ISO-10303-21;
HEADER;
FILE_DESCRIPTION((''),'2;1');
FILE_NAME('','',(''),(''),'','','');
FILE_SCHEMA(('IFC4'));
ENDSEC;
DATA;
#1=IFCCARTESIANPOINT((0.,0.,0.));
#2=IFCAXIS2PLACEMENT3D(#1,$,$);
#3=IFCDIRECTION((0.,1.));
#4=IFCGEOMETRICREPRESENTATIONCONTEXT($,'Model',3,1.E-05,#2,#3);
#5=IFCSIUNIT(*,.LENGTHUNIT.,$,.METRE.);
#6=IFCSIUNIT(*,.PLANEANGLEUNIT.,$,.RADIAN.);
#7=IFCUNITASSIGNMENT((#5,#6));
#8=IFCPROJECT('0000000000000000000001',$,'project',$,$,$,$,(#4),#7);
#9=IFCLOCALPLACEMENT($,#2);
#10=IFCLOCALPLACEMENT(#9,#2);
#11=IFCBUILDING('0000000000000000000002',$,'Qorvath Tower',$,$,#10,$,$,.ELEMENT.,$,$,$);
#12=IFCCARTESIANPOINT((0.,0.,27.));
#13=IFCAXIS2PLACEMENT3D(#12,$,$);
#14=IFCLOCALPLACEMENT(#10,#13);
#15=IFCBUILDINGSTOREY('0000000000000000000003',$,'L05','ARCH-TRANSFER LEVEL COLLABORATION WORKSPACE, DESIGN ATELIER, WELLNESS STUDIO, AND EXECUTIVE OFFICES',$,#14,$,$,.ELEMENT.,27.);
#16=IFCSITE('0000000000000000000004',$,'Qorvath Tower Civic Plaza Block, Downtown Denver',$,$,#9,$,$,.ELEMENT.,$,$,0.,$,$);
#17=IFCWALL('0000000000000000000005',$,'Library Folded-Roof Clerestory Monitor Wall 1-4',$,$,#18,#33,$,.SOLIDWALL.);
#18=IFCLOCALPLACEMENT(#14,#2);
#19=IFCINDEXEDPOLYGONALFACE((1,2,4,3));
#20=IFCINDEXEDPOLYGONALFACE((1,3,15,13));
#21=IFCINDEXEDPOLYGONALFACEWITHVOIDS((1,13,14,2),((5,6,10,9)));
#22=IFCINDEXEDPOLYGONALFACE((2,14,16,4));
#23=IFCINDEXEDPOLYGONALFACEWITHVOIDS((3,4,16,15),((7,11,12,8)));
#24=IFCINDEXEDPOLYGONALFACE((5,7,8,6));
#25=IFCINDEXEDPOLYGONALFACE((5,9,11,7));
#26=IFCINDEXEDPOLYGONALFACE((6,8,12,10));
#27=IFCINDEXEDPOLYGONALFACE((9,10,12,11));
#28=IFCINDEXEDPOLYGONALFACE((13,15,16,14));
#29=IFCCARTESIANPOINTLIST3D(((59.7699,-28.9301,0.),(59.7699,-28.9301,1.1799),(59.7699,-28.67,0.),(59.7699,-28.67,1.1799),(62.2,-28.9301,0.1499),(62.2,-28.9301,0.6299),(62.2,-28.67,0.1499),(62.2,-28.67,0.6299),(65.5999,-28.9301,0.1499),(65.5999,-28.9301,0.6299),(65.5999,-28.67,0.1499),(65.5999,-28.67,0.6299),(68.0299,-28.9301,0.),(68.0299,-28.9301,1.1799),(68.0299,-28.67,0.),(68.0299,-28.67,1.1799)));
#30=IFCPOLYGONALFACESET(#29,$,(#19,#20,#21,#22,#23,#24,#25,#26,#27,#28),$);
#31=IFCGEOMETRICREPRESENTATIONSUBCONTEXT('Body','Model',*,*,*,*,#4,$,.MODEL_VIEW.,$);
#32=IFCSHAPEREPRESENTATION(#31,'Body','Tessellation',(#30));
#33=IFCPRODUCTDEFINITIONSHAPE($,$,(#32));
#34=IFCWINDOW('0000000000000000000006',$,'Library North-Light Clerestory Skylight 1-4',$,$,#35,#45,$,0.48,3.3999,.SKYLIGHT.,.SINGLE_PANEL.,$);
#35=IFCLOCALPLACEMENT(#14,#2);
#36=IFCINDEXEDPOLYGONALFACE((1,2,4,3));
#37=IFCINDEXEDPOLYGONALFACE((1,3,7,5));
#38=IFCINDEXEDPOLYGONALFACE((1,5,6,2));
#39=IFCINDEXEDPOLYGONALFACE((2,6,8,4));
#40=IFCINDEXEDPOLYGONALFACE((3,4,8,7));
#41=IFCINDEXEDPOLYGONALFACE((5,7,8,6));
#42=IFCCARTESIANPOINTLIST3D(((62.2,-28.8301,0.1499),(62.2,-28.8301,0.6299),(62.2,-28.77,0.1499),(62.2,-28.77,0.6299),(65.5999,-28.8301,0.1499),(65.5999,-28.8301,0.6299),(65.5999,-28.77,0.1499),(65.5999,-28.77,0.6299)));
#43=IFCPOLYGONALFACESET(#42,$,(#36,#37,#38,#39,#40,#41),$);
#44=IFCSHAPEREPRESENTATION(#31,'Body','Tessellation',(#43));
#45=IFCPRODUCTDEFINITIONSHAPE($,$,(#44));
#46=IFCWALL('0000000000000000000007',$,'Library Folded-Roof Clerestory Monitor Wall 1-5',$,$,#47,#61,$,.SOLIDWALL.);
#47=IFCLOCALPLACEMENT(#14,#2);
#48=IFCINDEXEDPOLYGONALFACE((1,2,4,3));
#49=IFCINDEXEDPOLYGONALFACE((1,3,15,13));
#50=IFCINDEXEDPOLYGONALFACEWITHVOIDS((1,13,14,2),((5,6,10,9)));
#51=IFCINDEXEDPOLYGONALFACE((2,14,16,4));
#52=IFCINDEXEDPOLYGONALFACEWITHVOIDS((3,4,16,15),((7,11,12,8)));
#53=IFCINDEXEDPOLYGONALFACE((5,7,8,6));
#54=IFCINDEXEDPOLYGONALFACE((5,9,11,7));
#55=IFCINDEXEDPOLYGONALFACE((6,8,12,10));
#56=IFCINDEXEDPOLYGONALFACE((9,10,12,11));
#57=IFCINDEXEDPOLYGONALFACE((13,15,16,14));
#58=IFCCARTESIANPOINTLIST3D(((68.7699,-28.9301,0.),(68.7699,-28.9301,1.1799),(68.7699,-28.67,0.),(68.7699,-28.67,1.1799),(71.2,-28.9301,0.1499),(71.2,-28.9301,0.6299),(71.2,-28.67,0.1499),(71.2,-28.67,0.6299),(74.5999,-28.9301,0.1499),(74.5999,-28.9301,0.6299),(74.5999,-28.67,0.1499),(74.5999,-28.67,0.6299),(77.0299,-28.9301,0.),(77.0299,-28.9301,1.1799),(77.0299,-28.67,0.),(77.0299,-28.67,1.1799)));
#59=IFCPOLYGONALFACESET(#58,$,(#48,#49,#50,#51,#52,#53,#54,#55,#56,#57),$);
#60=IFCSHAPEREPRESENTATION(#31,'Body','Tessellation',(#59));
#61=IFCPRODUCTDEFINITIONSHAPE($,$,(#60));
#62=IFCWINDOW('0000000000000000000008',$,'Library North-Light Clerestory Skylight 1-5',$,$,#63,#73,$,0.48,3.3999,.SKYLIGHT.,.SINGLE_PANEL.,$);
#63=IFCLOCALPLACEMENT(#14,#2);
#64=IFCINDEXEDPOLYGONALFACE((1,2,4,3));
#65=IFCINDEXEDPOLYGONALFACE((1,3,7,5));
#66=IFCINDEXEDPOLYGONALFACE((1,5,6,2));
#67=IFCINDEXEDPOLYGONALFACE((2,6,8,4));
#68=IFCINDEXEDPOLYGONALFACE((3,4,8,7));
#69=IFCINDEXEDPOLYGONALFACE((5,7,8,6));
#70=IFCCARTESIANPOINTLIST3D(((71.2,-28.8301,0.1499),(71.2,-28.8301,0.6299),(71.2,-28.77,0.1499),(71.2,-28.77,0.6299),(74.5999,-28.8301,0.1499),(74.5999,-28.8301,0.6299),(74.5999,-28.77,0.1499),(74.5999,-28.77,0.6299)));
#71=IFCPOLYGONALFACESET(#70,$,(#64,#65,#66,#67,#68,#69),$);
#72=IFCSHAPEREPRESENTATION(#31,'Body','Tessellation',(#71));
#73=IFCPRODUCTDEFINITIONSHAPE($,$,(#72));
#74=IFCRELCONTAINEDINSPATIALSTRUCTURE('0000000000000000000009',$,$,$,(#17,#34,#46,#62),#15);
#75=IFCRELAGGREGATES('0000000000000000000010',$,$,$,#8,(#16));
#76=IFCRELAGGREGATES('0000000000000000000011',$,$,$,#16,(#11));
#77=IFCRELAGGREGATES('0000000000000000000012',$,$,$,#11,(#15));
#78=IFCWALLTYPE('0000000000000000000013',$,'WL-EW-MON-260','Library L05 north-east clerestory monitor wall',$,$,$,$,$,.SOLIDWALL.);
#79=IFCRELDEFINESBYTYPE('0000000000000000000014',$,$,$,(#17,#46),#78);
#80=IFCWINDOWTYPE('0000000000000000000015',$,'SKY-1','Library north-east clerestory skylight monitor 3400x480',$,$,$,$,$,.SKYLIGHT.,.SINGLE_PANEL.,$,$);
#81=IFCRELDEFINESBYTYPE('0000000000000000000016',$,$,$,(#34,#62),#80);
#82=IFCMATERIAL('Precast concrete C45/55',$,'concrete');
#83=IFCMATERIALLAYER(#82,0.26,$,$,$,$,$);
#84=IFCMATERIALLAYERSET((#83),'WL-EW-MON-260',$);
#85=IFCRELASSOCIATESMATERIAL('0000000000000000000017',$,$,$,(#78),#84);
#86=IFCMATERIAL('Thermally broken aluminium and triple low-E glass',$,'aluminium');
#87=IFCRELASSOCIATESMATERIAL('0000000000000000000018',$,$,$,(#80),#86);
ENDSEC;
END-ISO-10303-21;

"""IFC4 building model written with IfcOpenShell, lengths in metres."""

from ifc_helpers import new_model, si_unit, direction, frame, frame_2d, origin, place, context, subcontext, project, spatial, rectangle, extrude, material, layer, layer_set, type_object, element, fill, save


model = new_model("IFC4")

# Units and contexts
model_context = context("Model", 3, precision=1e-05, world=origin(), true_north=direction((0.0, 1.0)))
body_context = subcontext(model_context, "Body", "Model", "MODEL_VIEW")
ifc_project = project(units=[si_unit("LENGTHUNIT", "METRE"), si_unit("PLANEANGLEUNIT", "RADIAN")], contexts=[model_context])

# Site, building, storey
site_placement = place(None, origin())
site = spatial("IfcSite", under=ifc_project, at=site_placement, Name="Qorvath Tower Civic Plaza Block, Downtown Denver", CompositionType="ELEMENT", RefElevation=0.0)
building_placement = place(site_placement, origin())
building = spatial("IfcBuilding", under=site, at=building_placement, Name="Qorvath Tower", CompositionType="ELEMENT")
storey_placement = place(building_placement, frame((0.0, 0.0, 27.0)))
storey = spatial("IfcBuildingStorey", under=building, at=storey_placement, Name="L05", Description="ARCH-TRANSFER LEVEL COLLABORATION WORKSPACE, DESIGN ATELIER, WELLNESS STUDIO, AND EXECUTIVE OFFICES", CompositionType="ELEMENT", Elevation=27.0)

# Walls, openings, windows
ifc_material_1 = material(Name="Precast concrete C45/55", Category="concrete")
ifc_layer_1 = layer(ifc_material_1, 0.26)
ifc_layer_set_1 = layer_set([ifc_layer_1], Name="WL-EW-MON-260")
wall_type = type_object("IfcWallType", Name="WL-EW-MON-260", Description="Library L05 north-east clerestory monitor wall", PredefinedType="SOLIDWALL", material=ifc_layer_set_1)
wall_1_placement = place(storey_placement, frame((59.77, -28.8, 0.0), z_axis=(0.0, 0.0, 1.0), x_axis=(1.0, 0.0, 0.0)))
wall_1 = element("IfcWall", 1, at=wall_1_placement, inside=storey, type_object=wall_type, Name="Library Folded-Roof Clerestory Monitor Wall 1-4", PredefinedType="SOLIDWALL", context=body_context, shape_type="SweptSolid", body=[
    extrude(rectangle(XDim=8.26, YDim=0.26, at=frame_2d((4.1299, 0.0))), origin(), (0.0, 0.0, 1.0), 1.1799),
])
opening_1_placement = place(wall_1_placement, frame((2.4299, 0.0, 0.1499)))
opening_1 = element("IfcOpeningElement", 2, at=opening_1_placement, cuts=wall_1, PredefinedType="OPENING", context=body_context, shape_type="SweptSolid", body=[
    extrude(rectangle(XDim=3.3999, YDim=0.48, at=frame_2d((1.7, 0.24))), frame((0.0, 0.1401, 0.0), z_axis=(0.0, -1.0, 0.0), x_axis=(1.0, 0.0, 0.0)), (0.0, 0.0, 1.0), 0.28),
])
ifc_material_2 = material(Name="Thermally broken aluminium and triple low-E glass", Category="aluminium")
window_type = type_object("IfcWindowType", Name="SKY-1", Description="Library north-east clerestory skylight monitor 3400x480", PartitioningType="SINGLE_PANEL", PredefinedType="SKYLIGHT", material=ifc_material_2)
window_1_placement = place(opening_1_placement, origin())
window_1 = element("IfcWindow", 3, at=window_1_placement, inside=storey, type_object=window_type, Name="Library North-Light Clerestory Skylight 1-4", OverallHeight=0.48, OverallWidth=3.3999, PartitioningType="SINGLE_PANEL", PredefinedType="SKYLIGHT", context=body_context, shape_type="SweptSolid", body=[
    extrude(rectangle(XDim=3.3999, YDim=0.48, at=frame_2d((1.7, 0.24))), frame((0.0, 0.03, 0.0), z_axis=(0.0, -1.0, 0.0), x_axis=(1.0, 0.0, 0.0)), (0.0, 0.0, 1.0), 0.0601),
])
fill(opening_1, window_1)
wall_2_placement = place(storey_placement, frame((68.77, -28.8, 0.0), z_axis=(0.0, 0.0, 1.0), x_axis=(1.0, 0.0, 0.0)))
wall_2 = element("IfcWall", 4, at=wall_2_placement, inside=storey, type_object=wall_type, Name="Library Folded-Roof Clerestory Monitor Wall 1-5", PredefinedType="SOLIDWALL", context=body_context, shape_type="SweptSolid", body=[
    extrude(rectangle(XDim=8.26, YDim=0.26, at=frame_2d((4.1299, 0.0))), origin(), (0.0, 0.0, 1.0), 1.1799),
])
opening_2_placement = place(wall_2_placement, frame((2.4299, 0.0, 0.1499)))
opening_2 = element("IfcOpeningElement", 5, at=opening_2_placement, cuts=wall_2, PredefinedType="OPENING", context=body_context, shape_type="SweptSolid", body=[
    extrude(rectangle(XDim=3.3999, YDim=0.48, at=frame_2d((1.7, 0.24))), frame((0.0, 0.1401, 0.0), z_axis=(0.0, -1.0, 0.0), x_axis=(1.0, 0.0, 0.0)), (0.0, 0.0, 1.0), 0.28),
])
window_2_placement = place(opening_2_placement, origin())
window_2 = element("IfcWindow", 6, at=window_2_placement, inside=storey, type_object=window_type, Name="Library North-Light Clerestory Skylight 1-5", OverallHeight=0.48, OverallWidth=3.3999, PartitioningType="SINGLE_PANEL", PredefinedType="SKYLIGHT", context=body_context, shape_type="SweptSolid", body=[
    extrude(rectangle(XDim=3.3999, YDim=0.48, at=frame_2d((1.7, 0.24))), frame((0.0, 0.03, 0.0), z_axis=(0.0, -1.0, 0.0), x_axis=(1.0, 0.0, 0.0)), (0.0, 0.0, 1.0), 0.0601),
])
fill(opening_2, window_2)

save(model, "model.ifc")
